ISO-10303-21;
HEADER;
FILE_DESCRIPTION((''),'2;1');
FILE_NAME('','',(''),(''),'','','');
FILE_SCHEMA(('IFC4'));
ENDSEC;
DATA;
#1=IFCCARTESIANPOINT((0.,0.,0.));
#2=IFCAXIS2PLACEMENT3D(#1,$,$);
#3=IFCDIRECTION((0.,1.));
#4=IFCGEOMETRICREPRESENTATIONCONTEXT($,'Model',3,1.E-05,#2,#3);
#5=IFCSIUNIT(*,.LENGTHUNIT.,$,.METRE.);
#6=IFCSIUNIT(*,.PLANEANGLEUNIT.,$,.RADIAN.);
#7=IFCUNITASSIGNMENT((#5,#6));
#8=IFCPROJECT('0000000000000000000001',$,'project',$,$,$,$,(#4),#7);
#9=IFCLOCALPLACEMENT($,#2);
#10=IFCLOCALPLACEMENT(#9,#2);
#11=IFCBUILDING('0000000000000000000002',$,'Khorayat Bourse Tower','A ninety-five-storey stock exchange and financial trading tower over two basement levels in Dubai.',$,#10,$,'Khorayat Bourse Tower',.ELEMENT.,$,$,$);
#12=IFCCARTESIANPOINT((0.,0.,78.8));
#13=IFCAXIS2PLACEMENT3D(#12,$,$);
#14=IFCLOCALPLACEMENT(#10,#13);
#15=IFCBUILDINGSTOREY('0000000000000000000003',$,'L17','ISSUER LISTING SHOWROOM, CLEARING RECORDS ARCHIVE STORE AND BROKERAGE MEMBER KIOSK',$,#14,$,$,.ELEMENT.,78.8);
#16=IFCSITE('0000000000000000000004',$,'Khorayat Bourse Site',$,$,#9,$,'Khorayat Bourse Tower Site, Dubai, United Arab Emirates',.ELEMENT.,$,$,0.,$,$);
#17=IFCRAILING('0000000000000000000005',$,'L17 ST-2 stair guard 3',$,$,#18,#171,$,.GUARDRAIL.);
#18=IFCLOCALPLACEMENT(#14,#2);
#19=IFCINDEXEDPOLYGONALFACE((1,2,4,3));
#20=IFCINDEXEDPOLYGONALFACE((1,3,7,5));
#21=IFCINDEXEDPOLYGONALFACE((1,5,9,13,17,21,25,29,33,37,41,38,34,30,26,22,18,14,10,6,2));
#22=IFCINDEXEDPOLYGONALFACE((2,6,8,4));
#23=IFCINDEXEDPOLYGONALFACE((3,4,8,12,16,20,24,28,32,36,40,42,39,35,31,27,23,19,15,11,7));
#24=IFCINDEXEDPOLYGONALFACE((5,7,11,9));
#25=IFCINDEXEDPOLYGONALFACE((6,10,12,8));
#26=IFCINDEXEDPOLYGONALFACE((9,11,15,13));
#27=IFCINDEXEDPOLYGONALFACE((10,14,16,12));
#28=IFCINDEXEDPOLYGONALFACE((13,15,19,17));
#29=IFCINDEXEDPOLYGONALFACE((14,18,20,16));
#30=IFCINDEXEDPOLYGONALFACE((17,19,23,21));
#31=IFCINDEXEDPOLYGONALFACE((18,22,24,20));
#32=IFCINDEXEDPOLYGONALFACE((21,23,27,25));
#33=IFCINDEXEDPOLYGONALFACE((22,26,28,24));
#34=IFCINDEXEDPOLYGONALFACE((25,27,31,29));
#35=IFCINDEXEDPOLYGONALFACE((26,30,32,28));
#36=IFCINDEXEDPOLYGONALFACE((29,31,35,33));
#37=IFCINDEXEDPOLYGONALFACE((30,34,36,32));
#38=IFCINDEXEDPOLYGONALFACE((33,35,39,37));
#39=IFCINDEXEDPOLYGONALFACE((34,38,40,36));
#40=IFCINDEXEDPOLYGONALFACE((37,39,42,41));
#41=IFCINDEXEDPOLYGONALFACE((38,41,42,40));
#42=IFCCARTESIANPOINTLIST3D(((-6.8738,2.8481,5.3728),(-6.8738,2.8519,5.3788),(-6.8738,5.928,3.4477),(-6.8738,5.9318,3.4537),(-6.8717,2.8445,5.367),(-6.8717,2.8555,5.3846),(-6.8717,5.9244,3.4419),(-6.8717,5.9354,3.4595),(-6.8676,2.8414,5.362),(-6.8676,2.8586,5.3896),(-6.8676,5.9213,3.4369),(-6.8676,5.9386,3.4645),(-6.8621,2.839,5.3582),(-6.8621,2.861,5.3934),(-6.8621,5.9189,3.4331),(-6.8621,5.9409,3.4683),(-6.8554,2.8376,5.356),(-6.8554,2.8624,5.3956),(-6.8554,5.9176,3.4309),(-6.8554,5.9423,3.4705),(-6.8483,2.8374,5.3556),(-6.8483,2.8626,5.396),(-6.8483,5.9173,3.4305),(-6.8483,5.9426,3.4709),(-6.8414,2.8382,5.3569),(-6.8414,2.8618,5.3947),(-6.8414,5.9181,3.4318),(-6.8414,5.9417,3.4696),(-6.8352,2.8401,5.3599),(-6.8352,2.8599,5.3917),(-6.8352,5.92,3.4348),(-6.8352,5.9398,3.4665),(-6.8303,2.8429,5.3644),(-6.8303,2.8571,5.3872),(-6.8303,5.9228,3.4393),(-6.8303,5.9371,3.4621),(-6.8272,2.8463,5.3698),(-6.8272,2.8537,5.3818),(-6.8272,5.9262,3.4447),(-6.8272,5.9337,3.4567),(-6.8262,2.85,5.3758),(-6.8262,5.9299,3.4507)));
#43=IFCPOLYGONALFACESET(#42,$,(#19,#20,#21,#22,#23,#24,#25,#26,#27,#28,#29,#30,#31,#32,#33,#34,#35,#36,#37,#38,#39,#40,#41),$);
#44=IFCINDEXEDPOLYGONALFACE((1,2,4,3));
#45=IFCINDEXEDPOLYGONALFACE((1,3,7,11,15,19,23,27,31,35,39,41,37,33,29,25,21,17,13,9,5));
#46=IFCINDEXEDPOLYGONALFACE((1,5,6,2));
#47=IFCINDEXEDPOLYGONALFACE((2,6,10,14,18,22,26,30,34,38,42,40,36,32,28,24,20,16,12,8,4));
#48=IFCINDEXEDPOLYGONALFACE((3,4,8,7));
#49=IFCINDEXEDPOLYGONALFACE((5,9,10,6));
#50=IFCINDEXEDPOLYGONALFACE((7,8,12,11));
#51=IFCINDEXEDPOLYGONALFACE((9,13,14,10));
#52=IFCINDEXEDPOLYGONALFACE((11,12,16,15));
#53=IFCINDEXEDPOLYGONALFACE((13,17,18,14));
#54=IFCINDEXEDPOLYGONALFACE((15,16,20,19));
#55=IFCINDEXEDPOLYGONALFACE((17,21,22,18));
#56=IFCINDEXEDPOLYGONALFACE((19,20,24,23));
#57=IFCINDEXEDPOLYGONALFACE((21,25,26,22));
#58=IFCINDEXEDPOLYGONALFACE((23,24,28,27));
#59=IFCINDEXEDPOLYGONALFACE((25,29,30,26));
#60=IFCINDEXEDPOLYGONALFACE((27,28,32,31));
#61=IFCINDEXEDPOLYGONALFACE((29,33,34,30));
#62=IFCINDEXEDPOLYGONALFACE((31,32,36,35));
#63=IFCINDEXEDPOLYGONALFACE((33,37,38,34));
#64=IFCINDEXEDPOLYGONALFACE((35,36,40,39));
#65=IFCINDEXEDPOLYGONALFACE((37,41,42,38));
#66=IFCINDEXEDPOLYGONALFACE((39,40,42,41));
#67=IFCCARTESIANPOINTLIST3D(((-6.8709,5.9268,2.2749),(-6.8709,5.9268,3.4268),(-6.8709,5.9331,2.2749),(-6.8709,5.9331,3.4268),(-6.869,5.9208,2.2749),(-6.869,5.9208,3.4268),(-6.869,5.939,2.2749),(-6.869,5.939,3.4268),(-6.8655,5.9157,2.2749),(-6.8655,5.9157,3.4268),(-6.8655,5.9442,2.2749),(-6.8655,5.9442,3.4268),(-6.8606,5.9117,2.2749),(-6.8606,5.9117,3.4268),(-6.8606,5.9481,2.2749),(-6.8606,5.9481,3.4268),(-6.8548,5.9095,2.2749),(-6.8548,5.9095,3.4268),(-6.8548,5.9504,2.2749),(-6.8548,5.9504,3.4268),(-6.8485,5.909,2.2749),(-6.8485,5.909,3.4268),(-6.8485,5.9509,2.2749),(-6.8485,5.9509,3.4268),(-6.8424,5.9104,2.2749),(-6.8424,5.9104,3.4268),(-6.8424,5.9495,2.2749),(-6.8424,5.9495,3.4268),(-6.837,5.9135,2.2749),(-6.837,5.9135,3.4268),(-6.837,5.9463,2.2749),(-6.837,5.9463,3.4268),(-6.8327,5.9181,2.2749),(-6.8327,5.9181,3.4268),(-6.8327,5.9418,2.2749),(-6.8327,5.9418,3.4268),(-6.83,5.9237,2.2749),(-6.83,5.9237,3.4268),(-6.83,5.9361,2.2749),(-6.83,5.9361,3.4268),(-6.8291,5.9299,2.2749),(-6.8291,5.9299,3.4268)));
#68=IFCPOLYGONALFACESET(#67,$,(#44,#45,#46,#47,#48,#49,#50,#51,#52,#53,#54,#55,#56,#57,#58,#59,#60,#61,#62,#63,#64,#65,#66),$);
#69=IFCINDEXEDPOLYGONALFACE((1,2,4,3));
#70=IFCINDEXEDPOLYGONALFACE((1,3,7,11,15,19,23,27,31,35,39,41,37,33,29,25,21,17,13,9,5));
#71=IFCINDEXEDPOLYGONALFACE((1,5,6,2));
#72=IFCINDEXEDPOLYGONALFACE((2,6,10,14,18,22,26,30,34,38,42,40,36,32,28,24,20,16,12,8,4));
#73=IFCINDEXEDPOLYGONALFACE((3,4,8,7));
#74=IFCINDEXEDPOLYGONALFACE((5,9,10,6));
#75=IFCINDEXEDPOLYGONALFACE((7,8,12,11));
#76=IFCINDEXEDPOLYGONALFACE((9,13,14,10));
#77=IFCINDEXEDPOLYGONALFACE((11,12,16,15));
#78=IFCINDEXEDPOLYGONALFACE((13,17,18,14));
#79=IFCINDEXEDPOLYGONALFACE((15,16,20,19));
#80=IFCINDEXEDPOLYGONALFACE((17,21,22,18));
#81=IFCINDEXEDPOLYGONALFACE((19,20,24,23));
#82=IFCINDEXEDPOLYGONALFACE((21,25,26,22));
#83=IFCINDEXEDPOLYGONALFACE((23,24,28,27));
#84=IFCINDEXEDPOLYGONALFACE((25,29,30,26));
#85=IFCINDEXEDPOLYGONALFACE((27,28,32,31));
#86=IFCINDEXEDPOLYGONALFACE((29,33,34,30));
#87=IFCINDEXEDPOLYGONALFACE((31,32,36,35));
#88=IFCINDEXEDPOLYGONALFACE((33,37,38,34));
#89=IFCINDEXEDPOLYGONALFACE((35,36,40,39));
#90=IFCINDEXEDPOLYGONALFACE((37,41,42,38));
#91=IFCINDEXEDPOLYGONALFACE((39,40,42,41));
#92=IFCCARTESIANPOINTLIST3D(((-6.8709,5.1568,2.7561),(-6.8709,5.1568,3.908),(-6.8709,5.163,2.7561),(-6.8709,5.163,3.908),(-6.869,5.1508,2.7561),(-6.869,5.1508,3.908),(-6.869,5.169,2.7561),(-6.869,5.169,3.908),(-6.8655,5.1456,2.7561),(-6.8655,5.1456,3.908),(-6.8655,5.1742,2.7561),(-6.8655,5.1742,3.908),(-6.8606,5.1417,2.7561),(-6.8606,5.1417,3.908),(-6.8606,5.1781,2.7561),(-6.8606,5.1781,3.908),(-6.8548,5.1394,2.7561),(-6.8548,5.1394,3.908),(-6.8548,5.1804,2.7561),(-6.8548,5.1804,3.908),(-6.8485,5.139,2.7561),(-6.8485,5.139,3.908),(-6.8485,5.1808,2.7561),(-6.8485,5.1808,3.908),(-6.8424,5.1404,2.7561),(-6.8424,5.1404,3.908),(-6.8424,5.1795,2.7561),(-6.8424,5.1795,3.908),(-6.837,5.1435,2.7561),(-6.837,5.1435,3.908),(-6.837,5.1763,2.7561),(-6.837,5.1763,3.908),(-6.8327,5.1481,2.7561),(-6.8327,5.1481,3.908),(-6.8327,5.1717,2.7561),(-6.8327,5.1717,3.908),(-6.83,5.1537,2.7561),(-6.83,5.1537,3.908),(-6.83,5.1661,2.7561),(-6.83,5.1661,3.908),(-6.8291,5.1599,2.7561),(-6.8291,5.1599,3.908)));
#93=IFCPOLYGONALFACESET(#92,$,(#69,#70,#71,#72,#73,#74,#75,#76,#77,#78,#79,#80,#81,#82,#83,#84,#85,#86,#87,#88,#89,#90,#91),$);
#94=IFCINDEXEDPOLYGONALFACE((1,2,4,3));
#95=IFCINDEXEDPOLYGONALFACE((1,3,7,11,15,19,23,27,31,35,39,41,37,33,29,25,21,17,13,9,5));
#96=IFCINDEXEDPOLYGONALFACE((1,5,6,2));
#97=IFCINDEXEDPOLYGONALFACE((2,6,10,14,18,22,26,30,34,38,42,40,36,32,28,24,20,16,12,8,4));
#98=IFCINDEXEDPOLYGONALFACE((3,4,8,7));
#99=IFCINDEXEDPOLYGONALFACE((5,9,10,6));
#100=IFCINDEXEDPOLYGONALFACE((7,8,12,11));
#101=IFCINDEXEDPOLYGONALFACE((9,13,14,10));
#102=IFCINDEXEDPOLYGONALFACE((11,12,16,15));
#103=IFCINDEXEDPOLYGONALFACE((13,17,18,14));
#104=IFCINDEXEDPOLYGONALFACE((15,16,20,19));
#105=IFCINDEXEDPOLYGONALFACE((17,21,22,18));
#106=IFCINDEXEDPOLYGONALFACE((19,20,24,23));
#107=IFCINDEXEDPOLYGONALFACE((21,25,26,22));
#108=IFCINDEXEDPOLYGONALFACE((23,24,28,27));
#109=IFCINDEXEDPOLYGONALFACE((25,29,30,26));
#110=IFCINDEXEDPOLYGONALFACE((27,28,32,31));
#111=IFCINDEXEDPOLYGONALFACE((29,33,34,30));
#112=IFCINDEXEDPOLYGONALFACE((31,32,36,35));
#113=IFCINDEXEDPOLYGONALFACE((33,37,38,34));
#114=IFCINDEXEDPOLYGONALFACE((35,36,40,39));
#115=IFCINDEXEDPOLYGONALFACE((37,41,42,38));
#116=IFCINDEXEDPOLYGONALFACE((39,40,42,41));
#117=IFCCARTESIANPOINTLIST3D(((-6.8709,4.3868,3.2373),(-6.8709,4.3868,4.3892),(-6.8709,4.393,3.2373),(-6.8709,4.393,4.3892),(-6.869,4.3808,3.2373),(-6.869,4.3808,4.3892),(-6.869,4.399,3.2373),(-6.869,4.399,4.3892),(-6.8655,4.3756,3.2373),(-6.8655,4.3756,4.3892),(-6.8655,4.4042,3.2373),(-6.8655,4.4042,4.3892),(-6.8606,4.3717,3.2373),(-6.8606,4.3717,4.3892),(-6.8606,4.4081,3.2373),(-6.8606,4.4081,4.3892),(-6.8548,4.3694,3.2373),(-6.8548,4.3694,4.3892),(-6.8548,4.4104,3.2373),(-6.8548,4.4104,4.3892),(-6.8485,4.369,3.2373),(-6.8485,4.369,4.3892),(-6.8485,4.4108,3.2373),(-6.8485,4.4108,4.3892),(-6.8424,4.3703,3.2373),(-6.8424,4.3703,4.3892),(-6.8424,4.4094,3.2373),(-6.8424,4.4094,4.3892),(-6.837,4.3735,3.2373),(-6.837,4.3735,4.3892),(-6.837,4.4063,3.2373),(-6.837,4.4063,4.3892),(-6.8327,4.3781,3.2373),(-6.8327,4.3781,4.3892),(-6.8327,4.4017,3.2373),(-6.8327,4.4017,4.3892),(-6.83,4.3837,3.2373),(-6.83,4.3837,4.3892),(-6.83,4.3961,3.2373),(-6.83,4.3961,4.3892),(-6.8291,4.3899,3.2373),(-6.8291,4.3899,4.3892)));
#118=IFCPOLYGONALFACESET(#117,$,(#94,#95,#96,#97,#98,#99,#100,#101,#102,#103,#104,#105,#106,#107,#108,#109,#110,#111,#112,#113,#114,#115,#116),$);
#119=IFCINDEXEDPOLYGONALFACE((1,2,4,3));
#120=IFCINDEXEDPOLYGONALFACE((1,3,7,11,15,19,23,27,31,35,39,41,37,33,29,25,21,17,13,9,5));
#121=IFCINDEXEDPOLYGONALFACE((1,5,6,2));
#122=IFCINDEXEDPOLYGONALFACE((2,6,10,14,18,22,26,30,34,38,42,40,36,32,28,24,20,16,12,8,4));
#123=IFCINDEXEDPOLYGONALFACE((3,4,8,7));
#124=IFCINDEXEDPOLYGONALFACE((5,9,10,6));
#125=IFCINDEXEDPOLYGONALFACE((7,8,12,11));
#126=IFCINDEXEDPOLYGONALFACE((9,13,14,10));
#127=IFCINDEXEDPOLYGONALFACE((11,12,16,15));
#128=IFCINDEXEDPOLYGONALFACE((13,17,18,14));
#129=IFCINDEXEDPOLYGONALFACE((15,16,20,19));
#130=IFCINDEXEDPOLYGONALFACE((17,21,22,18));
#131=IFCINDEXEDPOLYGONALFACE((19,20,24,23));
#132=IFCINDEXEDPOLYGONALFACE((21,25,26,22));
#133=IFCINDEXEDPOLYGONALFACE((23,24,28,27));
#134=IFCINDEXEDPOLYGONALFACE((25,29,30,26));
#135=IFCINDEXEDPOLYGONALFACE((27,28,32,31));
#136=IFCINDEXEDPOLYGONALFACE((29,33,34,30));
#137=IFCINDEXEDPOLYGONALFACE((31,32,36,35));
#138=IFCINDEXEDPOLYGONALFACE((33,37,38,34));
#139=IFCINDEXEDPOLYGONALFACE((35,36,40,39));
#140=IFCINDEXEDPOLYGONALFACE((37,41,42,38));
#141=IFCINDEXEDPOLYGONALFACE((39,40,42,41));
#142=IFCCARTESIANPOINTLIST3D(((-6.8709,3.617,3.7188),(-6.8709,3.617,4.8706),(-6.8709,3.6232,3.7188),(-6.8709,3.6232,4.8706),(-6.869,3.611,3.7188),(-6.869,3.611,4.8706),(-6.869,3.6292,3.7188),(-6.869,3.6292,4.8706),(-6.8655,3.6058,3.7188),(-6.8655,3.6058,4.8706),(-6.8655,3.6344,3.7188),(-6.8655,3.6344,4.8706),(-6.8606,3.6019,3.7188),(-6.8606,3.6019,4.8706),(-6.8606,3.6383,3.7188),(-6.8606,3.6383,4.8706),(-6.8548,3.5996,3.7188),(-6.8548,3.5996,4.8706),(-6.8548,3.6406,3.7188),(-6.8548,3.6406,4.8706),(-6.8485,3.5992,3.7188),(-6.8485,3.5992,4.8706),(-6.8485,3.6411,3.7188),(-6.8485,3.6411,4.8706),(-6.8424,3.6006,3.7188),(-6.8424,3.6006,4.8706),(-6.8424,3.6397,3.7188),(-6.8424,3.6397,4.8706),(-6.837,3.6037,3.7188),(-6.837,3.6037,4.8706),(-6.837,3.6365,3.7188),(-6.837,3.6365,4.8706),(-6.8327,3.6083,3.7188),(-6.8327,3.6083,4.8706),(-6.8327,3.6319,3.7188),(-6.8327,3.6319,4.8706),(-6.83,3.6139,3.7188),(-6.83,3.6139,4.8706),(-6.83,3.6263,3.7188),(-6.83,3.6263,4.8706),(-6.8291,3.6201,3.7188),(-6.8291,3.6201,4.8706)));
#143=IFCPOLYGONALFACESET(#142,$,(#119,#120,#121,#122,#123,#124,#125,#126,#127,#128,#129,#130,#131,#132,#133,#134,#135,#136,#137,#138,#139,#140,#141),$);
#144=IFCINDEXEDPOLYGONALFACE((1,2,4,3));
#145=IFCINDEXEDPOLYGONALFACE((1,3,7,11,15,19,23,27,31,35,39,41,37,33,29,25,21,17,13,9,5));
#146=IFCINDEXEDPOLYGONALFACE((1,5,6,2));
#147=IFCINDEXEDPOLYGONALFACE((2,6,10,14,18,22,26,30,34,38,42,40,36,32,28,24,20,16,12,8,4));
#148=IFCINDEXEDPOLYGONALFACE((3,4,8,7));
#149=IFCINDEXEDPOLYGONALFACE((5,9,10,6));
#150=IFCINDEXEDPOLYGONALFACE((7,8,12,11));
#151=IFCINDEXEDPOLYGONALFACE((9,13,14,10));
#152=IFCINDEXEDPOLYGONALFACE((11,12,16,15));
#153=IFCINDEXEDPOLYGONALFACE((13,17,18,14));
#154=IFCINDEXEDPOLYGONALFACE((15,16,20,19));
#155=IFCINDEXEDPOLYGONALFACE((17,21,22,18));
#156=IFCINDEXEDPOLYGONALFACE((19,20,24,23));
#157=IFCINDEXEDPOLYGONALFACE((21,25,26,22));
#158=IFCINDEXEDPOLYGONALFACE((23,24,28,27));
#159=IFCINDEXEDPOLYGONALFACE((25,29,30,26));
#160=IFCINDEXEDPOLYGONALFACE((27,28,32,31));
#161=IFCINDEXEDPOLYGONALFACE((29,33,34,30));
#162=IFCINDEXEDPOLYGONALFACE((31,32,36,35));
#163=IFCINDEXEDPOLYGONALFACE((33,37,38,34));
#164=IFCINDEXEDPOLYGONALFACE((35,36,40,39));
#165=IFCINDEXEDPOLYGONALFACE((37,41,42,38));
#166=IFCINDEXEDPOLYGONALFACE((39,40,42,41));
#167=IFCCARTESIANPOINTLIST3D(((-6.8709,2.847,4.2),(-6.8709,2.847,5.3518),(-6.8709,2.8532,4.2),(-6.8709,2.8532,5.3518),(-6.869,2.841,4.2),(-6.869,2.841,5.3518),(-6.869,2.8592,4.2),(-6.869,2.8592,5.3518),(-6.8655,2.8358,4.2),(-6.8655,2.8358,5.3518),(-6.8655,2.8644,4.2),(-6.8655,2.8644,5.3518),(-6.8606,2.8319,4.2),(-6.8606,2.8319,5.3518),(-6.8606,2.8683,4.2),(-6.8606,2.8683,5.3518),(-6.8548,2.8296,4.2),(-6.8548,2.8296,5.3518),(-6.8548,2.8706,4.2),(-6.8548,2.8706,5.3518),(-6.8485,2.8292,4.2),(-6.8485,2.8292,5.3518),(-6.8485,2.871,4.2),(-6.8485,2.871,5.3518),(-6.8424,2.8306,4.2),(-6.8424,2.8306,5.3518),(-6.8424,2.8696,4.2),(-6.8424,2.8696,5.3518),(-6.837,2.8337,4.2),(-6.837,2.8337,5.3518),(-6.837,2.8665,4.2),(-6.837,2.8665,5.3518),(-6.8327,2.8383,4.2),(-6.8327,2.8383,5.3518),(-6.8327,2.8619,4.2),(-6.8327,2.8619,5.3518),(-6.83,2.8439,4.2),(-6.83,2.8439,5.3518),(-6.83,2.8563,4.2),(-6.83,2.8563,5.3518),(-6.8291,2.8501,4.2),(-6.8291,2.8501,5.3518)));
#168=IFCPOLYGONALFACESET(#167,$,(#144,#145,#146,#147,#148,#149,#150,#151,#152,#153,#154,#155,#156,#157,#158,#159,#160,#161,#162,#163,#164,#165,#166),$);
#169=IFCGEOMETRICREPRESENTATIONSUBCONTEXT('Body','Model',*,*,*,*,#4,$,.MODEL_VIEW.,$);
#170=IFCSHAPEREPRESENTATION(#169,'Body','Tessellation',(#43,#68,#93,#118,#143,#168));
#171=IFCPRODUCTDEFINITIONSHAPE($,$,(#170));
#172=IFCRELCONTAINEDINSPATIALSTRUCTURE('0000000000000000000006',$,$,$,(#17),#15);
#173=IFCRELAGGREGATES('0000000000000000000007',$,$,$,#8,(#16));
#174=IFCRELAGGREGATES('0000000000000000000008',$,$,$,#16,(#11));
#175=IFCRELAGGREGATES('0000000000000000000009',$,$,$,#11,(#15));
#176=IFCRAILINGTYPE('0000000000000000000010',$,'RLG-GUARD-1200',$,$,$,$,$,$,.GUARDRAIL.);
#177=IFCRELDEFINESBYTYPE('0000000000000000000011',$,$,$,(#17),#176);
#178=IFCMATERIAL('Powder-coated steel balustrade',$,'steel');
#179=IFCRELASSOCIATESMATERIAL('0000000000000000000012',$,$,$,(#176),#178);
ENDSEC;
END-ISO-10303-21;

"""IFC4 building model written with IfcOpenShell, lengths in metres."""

from ifc_helpers import new_model, si_unit, direction, frame, origin, origin_2d, place, context, subcontext, project, spatial, circle, extrude, source, transform, mapped, material, type_object, element, save


model = new_model("IFC4")

# Units and contexts
model_context = context("Model", 3, precision=1e-05, world=origin(), true_north=direction((0.0, 1.0)))
body_context = subcontext(model_context, "Body", "Model", "MODEL_VIEW")
ifc_project = project(units=[si_unit("LENGTHUNIT", "METRE"), si_unit("PLANEANGLEUNIT", "RADIAN")], contexts=[model_context])

# Site, building, storey
site_placement = place(None, origin())
site = spatial("IfcSite", under=ifc_project, at=site_placement, Name="Khorayat Bourse Site", LongName="Khorayat Bourse Tower Site, Dubai, United Arab Emirates", CompositionType="ELEMENT", RefElevation=0.0)
building_placement = place(site_placement, origin())
building = spatial("IfcBuilding", under=site, at=building_placement, Name="Khorayat Bourse Tower", Description="A ninety-five-storey stock exchange and financial trading tower over two basement levels in Dubai.", LongName="Khorayat Bourse Tower", CompositionType="ELEMENT")
storey_placement = place(building_placement, frame((0.0, 0.0, 78.8)))
storey = spatial("IfcBuildingStorey", under=building, at=storey_placement, Name="L17", Description="ISSUER LISTING SHOWROOM, CLEARING RECORDS ARCHIVE STORE AND BROKERAGE MEMBER KIOSK", CompositionType="ELEMENT", Elevation=78.8)

# Railing
ifc_material_1 = material(Name="Powder-coated steel balustrade", Category="steel")
railing_type_1 = type_object("IfcRailingType", Name="RLG-GUARD-1200", PredefinedType="GUARDRAIL", material=ifc_material_1)
shared_shape_1 = source(origin(), body_context, "Body", "SweptSolid", [
    extrude(circle(Radius=0.0239, at=origin_2d()), frame((0.0, 0.0, 1.1758), z_axis=(0.0, -0.847979, 0.530029), x_axis=(1.0, 0.0, 0.0)), (0.0, 0.0, 1.0), 3.6321),
    extrude(circle(Radius=0.021, at=origin_2d()), origin(), (0.0, 0.0, 1.0), 1.1519),
    extrude(circle(Radius=0.021, at=origin_2d()), frame((0.0, -0.77, 0.4812)), (0.0, 0.0, 1.0), 1.1519),
    extrude(circle(Radius=0.021, at=origin_2d()), frame((0.0, -1.54, 0.9624)), (0.0, 0.0, 1.0), 1.1519),
    extrude(circle(Radius=0.021, at=origin_2d()), frame((0.0, -2.3098, 1.4438)), (0.0, 0.0, 1.0), 1.1519),
    extrude(circle(Radius=0.021, at=origin_2d()), frame((0.0, -3.0798, 1.925)), (0.0, 0.0, 1.0), 1.1519),
])
railing_1_placement = place(storey_placement, frame((-6.8501, 5.9299, 2.2749)))
element("IfcRailing", 1, at=railing_1_placement, inside=storey, type_object=railing_type_1, Name="L17 ST-2 stair guard 3", PredefinedType="GUARDRAIL", context=body_context, shape_type="MappedRepresentation", body=[
    mapped(shared_shape_1, transform((0.0, 0.0, 0.0), scale=1.0)),
])

save(model, "model.ifc")
